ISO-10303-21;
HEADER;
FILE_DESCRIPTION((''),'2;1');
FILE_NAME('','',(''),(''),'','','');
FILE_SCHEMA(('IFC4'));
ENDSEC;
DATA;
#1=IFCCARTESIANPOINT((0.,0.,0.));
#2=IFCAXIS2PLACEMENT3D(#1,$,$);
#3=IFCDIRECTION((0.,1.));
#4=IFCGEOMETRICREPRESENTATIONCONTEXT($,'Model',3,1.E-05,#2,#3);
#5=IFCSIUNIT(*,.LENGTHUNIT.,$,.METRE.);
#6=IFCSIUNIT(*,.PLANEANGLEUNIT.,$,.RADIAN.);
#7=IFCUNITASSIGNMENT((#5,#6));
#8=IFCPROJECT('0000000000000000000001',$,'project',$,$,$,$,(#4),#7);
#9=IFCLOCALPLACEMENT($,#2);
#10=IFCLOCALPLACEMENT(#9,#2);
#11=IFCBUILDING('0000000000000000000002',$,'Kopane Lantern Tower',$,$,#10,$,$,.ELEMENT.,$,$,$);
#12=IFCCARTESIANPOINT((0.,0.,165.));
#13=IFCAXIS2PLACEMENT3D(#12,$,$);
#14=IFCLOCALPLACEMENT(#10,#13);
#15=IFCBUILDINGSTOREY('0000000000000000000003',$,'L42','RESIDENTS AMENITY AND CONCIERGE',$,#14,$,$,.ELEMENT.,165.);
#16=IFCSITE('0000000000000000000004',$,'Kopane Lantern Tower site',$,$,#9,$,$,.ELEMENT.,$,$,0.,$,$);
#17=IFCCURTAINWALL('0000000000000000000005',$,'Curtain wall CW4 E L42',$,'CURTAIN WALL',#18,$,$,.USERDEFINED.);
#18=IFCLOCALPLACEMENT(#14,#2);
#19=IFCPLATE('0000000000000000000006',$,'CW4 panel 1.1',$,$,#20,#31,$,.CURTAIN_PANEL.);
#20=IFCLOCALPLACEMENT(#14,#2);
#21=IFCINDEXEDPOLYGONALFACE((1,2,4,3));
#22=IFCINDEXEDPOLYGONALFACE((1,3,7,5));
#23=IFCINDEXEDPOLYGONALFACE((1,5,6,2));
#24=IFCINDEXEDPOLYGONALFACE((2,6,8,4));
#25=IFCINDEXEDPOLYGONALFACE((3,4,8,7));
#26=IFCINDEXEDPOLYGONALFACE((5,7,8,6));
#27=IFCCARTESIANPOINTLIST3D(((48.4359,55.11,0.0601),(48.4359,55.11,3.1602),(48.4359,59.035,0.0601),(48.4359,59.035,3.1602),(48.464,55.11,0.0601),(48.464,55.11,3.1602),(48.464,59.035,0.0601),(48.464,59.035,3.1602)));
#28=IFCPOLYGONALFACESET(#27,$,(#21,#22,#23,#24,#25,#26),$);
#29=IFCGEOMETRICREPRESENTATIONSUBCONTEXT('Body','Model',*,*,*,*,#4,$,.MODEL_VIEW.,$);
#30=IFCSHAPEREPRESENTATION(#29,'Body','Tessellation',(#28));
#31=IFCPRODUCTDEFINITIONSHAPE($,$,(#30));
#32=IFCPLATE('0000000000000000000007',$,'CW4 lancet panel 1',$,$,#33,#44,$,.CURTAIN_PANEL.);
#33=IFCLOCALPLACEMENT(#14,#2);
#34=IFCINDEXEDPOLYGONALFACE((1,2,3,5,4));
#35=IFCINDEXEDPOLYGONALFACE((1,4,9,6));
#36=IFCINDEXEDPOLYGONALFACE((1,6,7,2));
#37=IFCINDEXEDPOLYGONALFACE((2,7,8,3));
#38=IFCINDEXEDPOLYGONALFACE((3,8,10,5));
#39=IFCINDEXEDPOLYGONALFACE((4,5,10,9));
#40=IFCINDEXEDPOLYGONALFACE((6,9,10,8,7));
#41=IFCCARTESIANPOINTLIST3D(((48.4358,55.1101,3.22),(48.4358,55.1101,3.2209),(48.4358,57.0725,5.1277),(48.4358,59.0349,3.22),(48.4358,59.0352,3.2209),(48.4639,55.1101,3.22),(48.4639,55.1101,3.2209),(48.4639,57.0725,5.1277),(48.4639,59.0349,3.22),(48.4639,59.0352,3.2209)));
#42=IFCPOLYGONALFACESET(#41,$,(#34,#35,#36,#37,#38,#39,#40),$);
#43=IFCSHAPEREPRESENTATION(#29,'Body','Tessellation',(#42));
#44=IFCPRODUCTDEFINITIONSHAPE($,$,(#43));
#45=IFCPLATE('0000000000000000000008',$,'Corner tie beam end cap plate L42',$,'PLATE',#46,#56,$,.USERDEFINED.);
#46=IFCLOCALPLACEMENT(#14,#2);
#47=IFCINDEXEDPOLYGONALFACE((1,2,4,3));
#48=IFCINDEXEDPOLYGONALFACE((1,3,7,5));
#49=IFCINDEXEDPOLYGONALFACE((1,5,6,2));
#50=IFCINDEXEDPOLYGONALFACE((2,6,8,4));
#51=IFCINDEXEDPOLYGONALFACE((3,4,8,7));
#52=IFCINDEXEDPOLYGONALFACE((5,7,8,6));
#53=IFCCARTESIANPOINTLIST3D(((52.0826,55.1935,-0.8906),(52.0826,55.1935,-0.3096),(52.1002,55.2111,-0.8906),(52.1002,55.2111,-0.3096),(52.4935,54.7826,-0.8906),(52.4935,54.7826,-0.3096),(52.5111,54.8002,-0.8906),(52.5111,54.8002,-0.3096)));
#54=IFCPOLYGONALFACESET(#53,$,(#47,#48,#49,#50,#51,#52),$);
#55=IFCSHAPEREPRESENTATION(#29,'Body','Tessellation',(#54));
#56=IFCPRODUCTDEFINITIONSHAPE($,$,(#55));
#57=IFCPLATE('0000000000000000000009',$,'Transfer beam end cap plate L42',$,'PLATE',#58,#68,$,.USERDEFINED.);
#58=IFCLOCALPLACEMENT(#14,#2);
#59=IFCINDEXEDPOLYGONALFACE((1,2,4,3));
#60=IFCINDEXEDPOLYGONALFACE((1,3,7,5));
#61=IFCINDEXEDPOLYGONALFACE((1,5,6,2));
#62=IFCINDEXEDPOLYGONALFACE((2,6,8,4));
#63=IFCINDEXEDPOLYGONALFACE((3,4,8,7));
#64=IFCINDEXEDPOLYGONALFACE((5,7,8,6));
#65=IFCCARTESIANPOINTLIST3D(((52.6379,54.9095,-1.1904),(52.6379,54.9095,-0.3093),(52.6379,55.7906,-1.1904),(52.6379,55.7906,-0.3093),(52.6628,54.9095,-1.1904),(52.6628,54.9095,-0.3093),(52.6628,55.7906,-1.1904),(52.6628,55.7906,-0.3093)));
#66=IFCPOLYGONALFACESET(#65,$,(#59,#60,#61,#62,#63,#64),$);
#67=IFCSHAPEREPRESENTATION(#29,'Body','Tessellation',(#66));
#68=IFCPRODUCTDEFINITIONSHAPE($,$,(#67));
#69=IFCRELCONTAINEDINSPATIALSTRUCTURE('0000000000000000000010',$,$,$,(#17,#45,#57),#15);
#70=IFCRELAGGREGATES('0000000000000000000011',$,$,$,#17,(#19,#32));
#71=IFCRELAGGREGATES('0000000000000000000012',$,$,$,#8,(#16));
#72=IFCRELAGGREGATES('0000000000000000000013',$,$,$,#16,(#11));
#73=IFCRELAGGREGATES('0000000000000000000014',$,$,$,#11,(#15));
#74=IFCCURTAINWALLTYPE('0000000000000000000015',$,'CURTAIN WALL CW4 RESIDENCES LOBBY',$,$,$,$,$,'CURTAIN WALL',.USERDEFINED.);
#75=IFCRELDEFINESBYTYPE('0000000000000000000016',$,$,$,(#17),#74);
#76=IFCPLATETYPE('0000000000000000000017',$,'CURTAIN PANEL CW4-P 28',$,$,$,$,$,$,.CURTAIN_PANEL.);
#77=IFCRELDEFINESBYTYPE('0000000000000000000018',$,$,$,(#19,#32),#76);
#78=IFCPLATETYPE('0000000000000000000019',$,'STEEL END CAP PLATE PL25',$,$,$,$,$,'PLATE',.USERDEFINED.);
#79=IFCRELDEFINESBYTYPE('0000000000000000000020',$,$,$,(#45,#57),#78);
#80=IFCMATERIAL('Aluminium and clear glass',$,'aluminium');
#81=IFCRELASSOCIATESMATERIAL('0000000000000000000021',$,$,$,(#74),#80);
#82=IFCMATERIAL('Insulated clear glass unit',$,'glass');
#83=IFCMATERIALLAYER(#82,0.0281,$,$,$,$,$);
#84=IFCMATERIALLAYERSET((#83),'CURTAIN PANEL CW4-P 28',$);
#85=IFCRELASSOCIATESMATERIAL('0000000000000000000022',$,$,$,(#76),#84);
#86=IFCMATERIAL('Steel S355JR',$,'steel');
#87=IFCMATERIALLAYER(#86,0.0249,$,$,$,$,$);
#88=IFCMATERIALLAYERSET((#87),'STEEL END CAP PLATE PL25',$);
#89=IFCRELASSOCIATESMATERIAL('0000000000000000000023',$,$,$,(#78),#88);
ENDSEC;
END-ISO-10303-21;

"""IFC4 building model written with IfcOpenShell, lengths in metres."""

from ifc_helpers import new_model, si_unit, direction, frame, origin, origin_2d, place, context, subcontext, project, spatial, polyline, rectangle, outline, extrude, material, layer, layer_set, type_object, element, aggregate, save


model = new_model("IFC4")

# Units and contexts
model_context = context("Model", 3, precision=1e-05, world=origin(), true_north=direction((0.0, 1.0)))
body_context = subcontext(model_context, "Body", "Model", "MODEL_VIEW")
ifc_project = project(units=[si_unit("LENGTHUNIT", "METRE"), si_unit("PLANEANGLEUNIT", "RADIAN")], contexts=[model_context])

# Site, building, storey
site_placement = place(None, origin())
site = spatial("IfcSite", under=ifc_project, at=site_placement, Name="Kopane Lantern Tower site", CompositionType="ELEMENT", RefElevation=0.0)
building_placement = place(site_placement, origin())
building = spatial("IfcBuilding", under=site, at=building_placement, Name="Kopane Lantern Tower", CompositionType="ELEMENT")
storey_placement = place(building_placement, frame((0.0, 0.0, 165.0)))
storey = spatial("IfcBuildingStorey", under=building, at=storey_placement, Name="L42", Description="RESIDENTS AMENITY AND CONCIERGE", CompositionType="ELEMENT", Elevation=165.0)

# Shared definitions
ifc_material_1 = material(Name="Aluminium and clear glass", Category="aluminium")
curtain_wall_type = type_object("IfcCurtainWallType", Name="CURTAIN WALL CW4 RESIDENCES LOBBY", ElementType="CURTAIN WALL", PredefinedType="USERDEFINED", material=ifc_material_1)

# Curtain wall
curtain_wall_1_placement = place(storey_placement, origin())
curtain_wall_1 = element("IfcCurtainWall", 1, at=curtain_wall_1_placement, inside=storey, type_object=curtain_wall_type, Name="Curtain wall CW4 E L42", ObjectType="CURTAIN WALL", PredefinedType="USERDEFINED")

# Plates
ifc_material_2 = material(Name="Insulated clear glass unit", Category="glass")
ifc_layer_1 = layer(ifc_material_2, 0.0281)
ifc_layer_set_1 = layer_set([ifc_layer_1], Name="CURTAIN PANEL CW4-P 28")
plate_type_1 = type_object("IfcPlateType", Name="CURTAIN PANEL CW4-P 28", PredefinedType="CURTAIN_PANEL", material=ifc_layer_set_1)
plate_1_placement = place(storey_placement, frame((48.45, 57.0725, 0.0601), z_axis=(0.0, 0.0, 1.0), x_axis=(0.0, 1.0, 0.0)))
plate_1 = element("IfcPlate", 2, at=plate_1_placement, type_object=plate_type_1, Name="CW4 panel 1.1", PredefinedType="CURTAIN_PANEL", context=body_context, shape_type="SweptSolid", body=[
    extrude(rectangle(XDim=3.925, YDim=0.0281, at=origin_2d()), origin(), (0.0, 0.0, 1.0), 3.1001),
])
plate_2_placement = place(storey_placement, frame((48.45, 55.1101, 3.22), z_axis=(0.0, 0.0, 1.0), x_axis=(0.0, 1.0, 0.0)))
plate_2 = element("IfcPlate", 3, at=plate_2_placement, type_object=plate_type_1, Name="CW4 lancet panel 1", PredefinedType="CURTAIN_PANEL", context=body_context, shape_type="SweptSolid", body=[
    extrude(outline(polyline([(0.0, 0.0), (3.9248, 0.0), (3.925, 0.001), (1.9624, 1.9077), (0.0, 0.001), (0.0, 0.0)])), frame((0.0, 0.0142, 0.0), z_axis=(0.0, -1.0, 0.0), x_axis=(1.0, 0.0, 0.0)), (0.0, 0.0, 1.0), 0.0281),
])
aggregate(curtain_wall_1, [plate_1, plate_2])

# Plates
ifc_material_3 = material(Name="Steel S355JR", Category="steel")
ifc_layer_2 = layer(ifc_material_3, 0.0249)
ifc_layer_set_2 = layer_set([ifc_layer_2], Name="STEEL END CAP PLATE PL25")
plate_type_2 = type_object("IfcPlateType", Name="STEEL END CAP PLATE PL25", ElementType="PLATE", PredefinedType="USERDEFINED", material=ifc_layer_set_2)
plate_3_placement = place(storey_placement, frame((52.2969, 54.9968, -0.8906), z_axis=(0.0, 0.0, 1.0), x_axis=(0.707107, 0.707107, 0.0)))
element("IfcPlate", 4, at=plate_3_placement, inside=storey, type_object=plate_type_2, Name="Corner tie beam end cap plate L42", ObjectType="PLATE", PredefinedType="USERDEFINED", context=body_context, shape_type="SweptSolid", body=[
    extrude(rectangle(XDim=0.0249, YDim=0.5811, at=origin_2d()), origin(), (0.0, 0.0, 1.0), 0.5811),
])
plate_4_placement = place(storey_placement, frame((52.6504, 55.3501, -1.1904), z_axis=(0.0, 0.0, 1.0), x_axis=(1.0, 0.0, 0.0)))
element("IfcPlate", 5, at=plate_4_placement, inside=storey, type_object=plate_type_2, Name="Transfer beam end cap plate L42", ObjectType="PLATE", PredefinedType="USERDEFINED", context=body_context, shape_type="SweptSolid", body=[
    extrude(rectangle(XDim=0.0249, YDim=0.8811, at=origin_2d()), origin(), (0.0, 0.0, 1.0), 0.8811),
])

save(model, "model.ifc")
